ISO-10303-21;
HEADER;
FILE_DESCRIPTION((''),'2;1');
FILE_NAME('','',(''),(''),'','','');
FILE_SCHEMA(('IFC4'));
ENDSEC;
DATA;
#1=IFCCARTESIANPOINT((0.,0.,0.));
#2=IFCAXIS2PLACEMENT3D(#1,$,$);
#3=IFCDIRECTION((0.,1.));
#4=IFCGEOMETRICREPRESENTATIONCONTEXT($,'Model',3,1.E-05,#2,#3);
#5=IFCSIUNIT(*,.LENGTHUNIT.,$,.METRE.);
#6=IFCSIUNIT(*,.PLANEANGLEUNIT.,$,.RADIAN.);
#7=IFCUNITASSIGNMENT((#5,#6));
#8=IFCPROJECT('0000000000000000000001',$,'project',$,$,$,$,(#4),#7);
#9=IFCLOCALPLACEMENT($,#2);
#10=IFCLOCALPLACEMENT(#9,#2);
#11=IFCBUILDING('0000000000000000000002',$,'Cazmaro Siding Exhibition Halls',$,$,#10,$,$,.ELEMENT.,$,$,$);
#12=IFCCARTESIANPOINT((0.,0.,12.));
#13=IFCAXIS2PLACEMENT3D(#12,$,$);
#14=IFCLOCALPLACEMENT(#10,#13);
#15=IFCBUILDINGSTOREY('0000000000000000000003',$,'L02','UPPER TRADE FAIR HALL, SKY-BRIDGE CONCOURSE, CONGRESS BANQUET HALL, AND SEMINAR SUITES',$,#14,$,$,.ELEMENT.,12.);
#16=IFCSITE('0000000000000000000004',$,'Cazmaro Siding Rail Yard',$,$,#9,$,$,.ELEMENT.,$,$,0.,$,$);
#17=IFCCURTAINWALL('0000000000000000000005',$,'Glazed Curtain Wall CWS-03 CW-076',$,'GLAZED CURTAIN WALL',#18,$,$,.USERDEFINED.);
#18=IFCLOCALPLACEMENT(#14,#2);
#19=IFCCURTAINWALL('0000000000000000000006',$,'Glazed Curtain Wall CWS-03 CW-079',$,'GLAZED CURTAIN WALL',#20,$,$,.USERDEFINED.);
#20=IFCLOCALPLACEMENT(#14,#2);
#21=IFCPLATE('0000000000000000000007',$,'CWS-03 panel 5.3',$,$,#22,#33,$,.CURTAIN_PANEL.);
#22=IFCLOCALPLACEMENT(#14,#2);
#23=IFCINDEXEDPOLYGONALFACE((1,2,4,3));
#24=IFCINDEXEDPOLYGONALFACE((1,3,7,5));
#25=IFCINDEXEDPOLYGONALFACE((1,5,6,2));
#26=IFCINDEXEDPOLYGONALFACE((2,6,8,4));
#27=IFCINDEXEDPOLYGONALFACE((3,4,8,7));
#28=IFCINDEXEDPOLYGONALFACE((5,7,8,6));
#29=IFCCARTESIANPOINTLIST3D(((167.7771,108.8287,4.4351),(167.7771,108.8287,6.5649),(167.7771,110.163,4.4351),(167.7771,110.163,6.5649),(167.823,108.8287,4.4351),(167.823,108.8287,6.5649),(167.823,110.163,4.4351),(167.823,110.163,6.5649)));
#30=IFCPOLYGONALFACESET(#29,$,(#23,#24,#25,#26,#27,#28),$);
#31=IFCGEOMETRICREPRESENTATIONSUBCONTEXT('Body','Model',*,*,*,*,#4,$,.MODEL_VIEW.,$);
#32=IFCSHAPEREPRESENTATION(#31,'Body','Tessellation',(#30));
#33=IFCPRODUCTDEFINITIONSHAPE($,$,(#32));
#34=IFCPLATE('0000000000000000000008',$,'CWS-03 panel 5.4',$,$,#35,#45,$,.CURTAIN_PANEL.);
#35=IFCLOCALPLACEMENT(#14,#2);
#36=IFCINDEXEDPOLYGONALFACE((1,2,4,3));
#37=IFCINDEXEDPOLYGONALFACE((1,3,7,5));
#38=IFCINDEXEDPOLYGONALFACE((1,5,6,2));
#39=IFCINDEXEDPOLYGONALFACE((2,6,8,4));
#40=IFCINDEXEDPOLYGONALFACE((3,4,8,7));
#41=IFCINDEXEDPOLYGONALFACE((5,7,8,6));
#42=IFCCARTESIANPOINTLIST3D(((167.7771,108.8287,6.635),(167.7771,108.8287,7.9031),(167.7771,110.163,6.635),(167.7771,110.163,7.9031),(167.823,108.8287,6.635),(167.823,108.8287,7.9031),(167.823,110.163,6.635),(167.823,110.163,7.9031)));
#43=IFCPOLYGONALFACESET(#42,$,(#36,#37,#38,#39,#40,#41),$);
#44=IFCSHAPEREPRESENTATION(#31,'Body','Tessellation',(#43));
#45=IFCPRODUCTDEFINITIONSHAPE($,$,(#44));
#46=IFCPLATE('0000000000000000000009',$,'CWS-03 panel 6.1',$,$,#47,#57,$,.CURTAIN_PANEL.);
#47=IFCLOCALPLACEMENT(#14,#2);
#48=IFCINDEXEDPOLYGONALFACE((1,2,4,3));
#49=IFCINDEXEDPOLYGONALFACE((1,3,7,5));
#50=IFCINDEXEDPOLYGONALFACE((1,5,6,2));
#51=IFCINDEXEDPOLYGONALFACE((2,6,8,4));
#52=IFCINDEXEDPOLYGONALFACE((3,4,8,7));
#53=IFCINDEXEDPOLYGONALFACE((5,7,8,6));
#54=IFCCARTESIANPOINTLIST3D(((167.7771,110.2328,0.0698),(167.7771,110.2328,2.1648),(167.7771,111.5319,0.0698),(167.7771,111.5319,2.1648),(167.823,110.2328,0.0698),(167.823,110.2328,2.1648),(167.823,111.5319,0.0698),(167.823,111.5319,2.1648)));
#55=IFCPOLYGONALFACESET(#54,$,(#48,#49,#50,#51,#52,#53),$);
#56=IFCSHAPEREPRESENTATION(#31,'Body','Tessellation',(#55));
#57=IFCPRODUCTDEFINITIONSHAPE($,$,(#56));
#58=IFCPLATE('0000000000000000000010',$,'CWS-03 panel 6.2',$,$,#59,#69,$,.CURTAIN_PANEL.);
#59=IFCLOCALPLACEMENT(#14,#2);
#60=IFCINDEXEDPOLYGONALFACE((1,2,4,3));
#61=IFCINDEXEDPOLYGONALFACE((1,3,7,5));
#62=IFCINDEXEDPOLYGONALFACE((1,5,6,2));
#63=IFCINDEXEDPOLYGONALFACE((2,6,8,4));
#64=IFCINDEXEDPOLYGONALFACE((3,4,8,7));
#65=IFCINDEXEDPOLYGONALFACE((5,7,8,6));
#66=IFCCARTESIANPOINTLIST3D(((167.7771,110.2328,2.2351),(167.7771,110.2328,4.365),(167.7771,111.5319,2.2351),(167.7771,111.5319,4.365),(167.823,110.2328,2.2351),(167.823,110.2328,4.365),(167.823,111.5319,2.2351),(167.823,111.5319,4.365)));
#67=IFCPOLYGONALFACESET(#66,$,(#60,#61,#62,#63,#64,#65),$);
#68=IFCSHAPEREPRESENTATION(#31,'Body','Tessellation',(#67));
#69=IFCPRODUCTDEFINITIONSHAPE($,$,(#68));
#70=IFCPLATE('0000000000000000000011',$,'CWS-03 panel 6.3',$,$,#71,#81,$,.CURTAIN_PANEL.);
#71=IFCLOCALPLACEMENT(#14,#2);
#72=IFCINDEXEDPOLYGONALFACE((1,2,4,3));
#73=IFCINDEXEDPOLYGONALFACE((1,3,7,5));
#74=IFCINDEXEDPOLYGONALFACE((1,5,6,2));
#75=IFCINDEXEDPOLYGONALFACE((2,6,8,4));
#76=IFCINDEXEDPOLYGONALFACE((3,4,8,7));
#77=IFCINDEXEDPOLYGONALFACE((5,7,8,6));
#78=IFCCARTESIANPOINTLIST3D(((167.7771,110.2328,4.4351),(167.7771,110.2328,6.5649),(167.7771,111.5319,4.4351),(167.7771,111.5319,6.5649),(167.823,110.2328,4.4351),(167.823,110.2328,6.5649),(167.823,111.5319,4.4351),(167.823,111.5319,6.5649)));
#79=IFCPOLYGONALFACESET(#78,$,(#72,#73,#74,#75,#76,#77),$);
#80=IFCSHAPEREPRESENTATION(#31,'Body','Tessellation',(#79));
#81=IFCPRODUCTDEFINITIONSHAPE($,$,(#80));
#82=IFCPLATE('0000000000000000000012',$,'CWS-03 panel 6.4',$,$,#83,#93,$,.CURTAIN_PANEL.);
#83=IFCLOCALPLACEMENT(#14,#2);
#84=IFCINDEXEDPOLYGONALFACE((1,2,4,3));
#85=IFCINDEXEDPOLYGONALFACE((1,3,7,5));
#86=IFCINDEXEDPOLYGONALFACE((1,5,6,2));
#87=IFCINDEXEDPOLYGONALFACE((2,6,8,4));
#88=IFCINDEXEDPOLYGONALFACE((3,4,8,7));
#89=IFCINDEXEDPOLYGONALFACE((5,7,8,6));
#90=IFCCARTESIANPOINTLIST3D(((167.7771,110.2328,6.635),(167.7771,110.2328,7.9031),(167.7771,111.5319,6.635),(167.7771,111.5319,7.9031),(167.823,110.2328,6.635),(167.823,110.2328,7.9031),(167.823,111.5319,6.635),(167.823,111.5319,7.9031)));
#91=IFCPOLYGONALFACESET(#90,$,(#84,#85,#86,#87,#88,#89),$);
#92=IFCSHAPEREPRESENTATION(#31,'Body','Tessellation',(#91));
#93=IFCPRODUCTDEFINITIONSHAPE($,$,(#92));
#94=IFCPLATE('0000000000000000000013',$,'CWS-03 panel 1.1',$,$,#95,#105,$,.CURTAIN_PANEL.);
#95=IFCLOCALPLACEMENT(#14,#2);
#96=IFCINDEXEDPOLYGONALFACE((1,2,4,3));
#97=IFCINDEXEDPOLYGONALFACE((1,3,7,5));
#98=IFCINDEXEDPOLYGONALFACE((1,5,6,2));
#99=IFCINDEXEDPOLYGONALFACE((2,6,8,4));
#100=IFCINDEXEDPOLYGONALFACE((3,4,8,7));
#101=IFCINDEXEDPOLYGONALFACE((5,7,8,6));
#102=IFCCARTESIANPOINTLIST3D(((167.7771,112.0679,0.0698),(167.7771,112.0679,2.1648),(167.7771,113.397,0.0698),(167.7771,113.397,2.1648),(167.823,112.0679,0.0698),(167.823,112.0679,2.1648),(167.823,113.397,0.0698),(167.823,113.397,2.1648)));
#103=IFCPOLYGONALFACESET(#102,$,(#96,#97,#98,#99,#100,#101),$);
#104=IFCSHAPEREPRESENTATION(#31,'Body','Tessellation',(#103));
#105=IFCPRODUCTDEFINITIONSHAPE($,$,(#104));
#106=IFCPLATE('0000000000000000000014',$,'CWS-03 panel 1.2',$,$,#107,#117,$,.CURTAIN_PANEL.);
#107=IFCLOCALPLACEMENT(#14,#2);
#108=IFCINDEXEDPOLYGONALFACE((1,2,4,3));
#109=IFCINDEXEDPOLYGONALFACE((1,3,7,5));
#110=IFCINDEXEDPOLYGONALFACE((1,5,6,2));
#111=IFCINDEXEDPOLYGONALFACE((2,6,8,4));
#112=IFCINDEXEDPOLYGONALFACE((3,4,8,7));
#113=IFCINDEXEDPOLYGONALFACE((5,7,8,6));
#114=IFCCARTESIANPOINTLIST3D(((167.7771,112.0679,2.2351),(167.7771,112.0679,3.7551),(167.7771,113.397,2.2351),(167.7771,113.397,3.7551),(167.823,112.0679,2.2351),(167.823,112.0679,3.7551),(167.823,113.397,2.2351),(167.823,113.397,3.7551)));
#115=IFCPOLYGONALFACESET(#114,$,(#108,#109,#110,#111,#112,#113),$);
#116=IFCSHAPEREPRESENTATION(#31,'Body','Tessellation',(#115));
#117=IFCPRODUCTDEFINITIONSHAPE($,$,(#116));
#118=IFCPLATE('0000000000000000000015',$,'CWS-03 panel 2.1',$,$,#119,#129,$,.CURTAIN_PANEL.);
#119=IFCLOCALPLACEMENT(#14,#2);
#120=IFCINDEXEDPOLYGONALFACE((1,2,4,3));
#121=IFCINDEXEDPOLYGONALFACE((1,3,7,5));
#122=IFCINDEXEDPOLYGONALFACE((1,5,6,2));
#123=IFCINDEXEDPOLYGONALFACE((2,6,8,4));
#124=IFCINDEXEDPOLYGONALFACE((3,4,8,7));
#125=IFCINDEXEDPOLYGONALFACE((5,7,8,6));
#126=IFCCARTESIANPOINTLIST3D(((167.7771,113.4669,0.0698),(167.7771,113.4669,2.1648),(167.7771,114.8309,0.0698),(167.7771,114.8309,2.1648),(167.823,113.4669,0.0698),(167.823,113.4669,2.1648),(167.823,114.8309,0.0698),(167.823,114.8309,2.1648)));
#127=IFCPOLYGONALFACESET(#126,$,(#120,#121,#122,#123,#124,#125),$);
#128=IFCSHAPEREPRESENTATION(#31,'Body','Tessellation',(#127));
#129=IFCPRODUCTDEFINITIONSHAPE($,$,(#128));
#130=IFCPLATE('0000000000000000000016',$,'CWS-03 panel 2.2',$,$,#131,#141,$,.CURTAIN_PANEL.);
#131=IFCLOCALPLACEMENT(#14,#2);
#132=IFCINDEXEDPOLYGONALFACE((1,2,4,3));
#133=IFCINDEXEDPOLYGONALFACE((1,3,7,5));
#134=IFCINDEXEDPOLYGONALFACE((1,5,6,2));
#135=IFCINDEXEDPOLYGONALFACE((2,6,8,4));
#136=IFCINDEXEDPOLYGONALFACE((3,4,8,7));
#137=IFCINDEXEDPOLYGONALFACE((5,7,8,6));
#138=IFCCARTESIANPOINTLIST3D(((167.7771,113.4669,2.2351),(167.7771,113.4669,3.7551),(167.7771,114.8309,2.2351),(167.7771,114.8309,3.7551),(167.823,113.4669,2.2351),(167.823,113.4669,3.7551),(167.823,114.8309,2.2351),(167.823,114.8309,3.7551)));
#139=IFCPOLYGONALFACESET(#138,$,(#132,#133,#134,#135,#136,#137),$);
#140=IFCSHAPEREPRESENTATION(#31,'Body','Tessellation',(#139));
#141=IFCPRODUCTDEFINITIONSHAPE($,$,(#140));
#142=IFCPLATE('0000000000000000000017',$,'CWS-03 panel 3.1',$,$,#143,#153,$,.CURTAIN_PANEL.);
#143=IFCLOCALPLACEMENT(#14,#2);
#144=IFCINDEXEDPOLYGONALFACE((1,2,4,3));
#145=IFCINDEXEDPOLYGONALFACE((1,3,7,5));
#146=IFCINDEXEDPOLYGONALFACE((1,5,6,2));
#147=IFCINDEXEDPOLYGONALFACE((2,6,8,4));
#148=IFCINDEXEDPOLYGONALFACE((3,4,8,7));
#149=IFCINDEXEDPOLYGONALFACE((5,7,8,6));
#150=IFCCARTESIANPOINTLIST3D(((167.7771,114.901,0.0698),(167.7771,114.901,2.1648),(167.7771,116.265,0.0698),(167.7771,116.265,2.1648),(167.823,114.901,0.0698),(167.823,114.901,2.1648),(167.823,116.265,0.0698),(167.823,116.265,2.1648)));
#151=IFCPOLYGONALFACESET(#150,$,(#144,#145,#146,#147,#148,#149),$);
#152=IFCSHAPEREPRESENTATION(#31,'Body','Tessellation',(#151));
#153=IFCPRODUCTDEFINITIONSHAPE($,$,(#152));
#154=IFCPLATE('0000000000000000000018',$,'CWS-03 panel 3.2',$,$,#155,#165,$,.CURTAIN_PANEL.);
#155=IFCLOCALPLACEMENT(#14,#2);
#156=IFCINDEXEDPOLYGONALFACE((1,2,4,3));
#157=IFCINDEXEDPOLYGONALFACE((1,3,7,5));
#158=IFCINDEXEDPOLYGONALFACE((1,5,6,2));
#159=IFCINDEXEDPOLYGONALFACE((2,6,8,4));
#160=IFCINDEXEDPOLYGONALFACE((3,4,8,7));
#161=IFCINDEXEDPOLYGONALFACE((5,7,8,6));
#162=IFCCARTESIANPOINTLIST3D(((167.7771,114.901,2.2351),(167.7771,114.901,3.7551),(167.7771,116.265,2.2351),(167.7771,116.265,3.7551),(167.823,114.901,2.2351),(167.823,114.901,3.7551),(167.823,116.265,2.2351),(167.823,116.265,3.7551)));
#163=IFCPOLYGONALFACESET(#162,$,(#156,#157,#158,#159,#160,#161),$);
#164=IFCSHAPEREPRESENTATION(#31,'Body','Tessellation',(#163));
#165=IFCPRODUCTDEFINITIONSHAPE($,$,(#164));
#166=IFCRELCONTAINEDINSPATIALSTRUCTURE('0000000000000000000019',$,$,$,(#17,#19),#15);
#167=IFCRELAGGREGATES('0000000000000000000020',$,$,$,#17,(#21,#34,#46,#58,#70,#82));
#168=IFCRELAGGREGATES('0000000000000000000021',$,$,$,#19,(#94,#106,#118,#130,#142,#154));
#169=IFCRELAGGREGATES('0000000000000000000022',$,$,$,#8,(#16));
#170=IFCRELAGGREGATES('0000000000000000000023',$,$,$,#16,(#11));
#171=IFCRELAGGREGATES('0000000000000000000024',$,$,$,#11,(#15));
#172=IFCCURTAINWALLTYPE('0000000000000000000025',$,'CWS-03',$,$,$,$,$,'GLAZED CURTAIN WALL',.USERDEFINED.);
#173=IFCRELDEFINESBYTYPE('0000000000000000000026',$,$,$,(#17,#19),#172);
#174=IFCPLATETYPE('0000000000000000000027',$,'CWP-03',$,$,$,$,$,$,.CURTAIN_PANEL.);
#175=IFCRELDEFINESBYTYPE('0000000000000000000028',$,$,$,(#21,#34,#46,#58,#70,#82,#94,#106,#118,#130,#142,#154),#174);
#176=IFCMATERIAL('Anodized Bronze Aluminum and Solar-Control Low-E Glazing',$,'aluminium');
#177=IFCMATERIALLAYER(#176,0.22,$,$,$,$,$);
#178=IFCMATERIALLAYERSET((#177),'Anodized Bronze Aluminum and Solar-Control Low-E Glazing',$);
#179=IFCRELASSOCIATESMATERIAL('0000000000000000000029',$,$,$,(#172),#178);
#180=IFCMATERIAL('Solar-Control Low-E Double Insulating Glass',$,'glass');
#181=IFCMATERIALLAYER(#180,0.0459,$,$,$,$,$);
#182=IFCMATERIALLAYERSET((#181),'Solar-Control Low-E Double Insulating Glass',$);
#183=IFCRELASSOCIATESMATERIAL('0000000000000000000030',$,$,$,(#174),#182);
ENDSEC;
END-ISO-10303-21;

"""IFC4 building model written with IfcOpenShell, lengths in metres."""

from ifc_helpers import new_model, si_unit, direction, frame, origin, origin_2d, place, context, subcontext, project, spatial, rectangle, extrude, material, layer, layer_set, type_object, element, aggregate, save


model = new_model("IFC4")

# Units and contexts
model_context = context("Model", 3, precision=1e-05, world=origin(), true_north=direction((0.0, 1.0)))
body_context = subcontext(model_context, "Body", "Model", "MODEL_VIEW")
ifc_project = project(units=[si_unit("LENGTHUNIT", "METRE"), si_unit("PLANEANGLEUNIT", "RADIAN")], contexts=[model_context])

# Site, building, storey
site_placement = place(None, origin())
site = spatial("IfcSite", under=ifc_project, at=site_placement, Name="Cazmaro Siding Rail Yard", CompositionType="ELEMENT", RefElevation=0.0)
building_placement = place(site_placement, origin())
building = spatial("IfcBuilding", under=site, at=building_placement, Name="Cazmaro Siding Exhibition Halls", CompositionType="ELEMENT")
storey_placement = place(building_placement, frame((0.0, 0.0, 12.0)))
storey = spatial("IfcBuildingStorey", under=building, at=storey_placement, Name="L02", Description="UPPER TRADE FAIR HALL, SKY-BRIDGE CONCOURSE, CONGRESS BANQUET HALL, AND SEMINAR SUITES", CompositionType="ELEMENT", Elevation=12.0)

# Curtain walls
ifc_material_1 = material(Name="Anodized Bronze Aluminum and Solar-Control Low-E Glazing", Category="aluminium")
ifc_layer_1 = layer(ifc_material_1, 0.22)
ifc_layer_set_1 = layer_set([ifc_layer_1], Name="Anodized Bronze Aluminum and Solar-Control Low-E Glazing")
curtain_wall_type = type_object("IfcCurtainWallType", Name="CWS-03", ElementType="GLAZED CURTAIN WALL", PredefinedType="USERDEFINED", material=ifc_layer_set_1)
curtain_wall_1_placement = place(storey_placement, origin())
curtain_wall_1 = element("IfcCurtainWall", 1, at=curtain_wall_1_placement, inside=storey, type_object=curtain_wall_type, Name="Glazed Curtain Wall CWS-03 CW-076", ObjectType="GLAZED CURTAIN WALL", PredefinedType="USERDEFINED")
curtain_wall_2_placement = place(storey_placement, origin())
curtain_wall_2 = element("IfcCurtainWall", 2, at=curtain_wall_2_placement, inside=storey, type_object=curtain_wall_type, Name="Glazed Curtain Wall CWS-03 CW-079", ObjectType="GLAZED CURTAIN WALL", PredefinedType="USERDEFINED")

# Plates
ifc_material_2 = material(Name="Solar-Control Low-E Double Insulating Glass", Category="glass")
ifc_layer_2 = layer(ifc_material_2, 0.0459)
ifc_layer_set_2 = layer_set([ifc_layer_2], Name="Solar-Control Low-E Double Insulating Glass")
plate_type = type_object("IfcPlateType", Name="CWP-03", PredefinedType="CURTAIN_PANEL", material=ifc_layer_set_2)
plate_1_placement = place(storey_placement, frame((167.8, 109.4958, 4.4351), z_axis=(0.0, 0.0, 1.0), x_axis=(0.0, 1.0, 0.0)))
plate_1 = element("IfcPlate", 3, at=plate_1_placement, type_object=plate_type, Name="CWS-03 panel 5.3", PredefinedType="CURTAIN_PANEL", context=body_context, shape_type="SweptSolid", body=[
    extrude(rectangle(XDim=1.3342, YDim=0.0459, at=origin_2d()), origin(), (0.0, 0.0, 1.0), 2.1299),
])
plate_2_placement = place(storey_placement, frame((167.8, 109.4958, 6.635), z_axis=(0.0, 0.0, 1.0), x_axis=(0.0, 1.0, 0.0)))
plate_2 = element("IfcPlate", 4, at=plate_2_placement, type_object=plate_type, Name="CWS-03 panel 5.4", PredefinedType="CURTAIN_PANEL", context=body_context, shape_type="SweptSolid", body=[
    extrude(rectangle(XDim=1.3342, YDim=0.0459, at=origin_2d()), origin(), (0.0, 0.0, 1.0), 1.2681),
])
plate_3_placement = place(storey_placement, frame((167.8, 110.8823, 0.0698), z_axis=(0.0, 0.0, 1.0), x_axis=(0.0, 1.0, 0.0)))
plate_3 = element("IfcPlate", 5, at=plate_3_placement, type_object=plate_type, Name="CWS-03 panel 6.1", PredefinedType="CURTAIN_PANEL", context=body_context, shape_type="SweptSolid", body=[
    extrude(rectangle(XDim=1.2991, YDim=0.0459, at=origin_2d()), origin(), (0.0, 0.0, 1.0), 2.095),
])
plate_4_placement = place(storey_placement, frame((167.8, 110.8823, 2.2351), z_axis=(0.0, 0.0, 1.0), x_axis=(0.0, 1.0, 0.0)))
plate_4 = element("IfcPlate", 6, at=plate_4_placement, type_object=plate_type, Name="CWS-03 panel 6.2", PredefinedType="CURTAIN_PANEL", context=body_context, shape_type="SweptSolid", body=[
    extrude(rectangle(XDim=1.2991, YDim=0.0459, at=origin_2d()), origin(), (0.0, 0.0, 1.0), 2.1299),
])
plate_5_placement = place(storey_placement, frame((167.8, 110.8823, 4.4351), z_axis=(0.0, 0.0, 1.0), x_axis=(0.0, 1.0, 0.0)))
plate_5 = element("IfcPlate", 7, at=plate_5_placement, type_object=plate_type, Name="CWS-03 panel 6.3", PredefinedType="CURTAIN_PANEL", context=body_context, shape_type="SweptSolid", body=[
    extrude(rectangle(XDim=1.2991, YDim=0.0459, at=origin_2d()), origin(), (0.0, 0.0, 1.0), 2.1299),
])
plate_6_placement = place(storey_placement, frame((167.8, 110.8823, 6.635), z_axis=(0.0, 0.0, 1.0), x_axis=(0.0, 1.0, 0.0)))
plate_6 = element("IfcPlate", 8, at=plate_6_placement, type_object=plate_type, Name="CWS-03 panel 6.4", PredefinedType="CURTAIN_PANEL", context=body_context, shape_type="SweptSolid", body=[
    extrude(rectangle(XDim=1.2991, YDim=0.0459, at=origin_2d()), origin(), (0.0, 0.0, 1.0), 1.2681),
])
aggregate(curtain_wall_1, [plate_1, plate_2, plate_3, plate_4, plate_5, plate_6])
plate_7_placement = place(storey_placement, frame((167.8, 112.7324, 0.0698), z_axis=(0.0, 0.0, 1.0), x_axis=(0.0, 1.0, 0.0)))
plate_7 = element("IfcPlate", 9, at=plate_7_placement, type_object=plate_type, Name="CWS-03 panel 1.1", PredefinedType="CURTAIN_PANEL", context=body_context, shape_type="SweptSolid", body=[
    extrude(rectangle(XDim=1.3291, YDim=0.0459, at=origin_2d()), origin(), (0.0, 0.0, 1.0), 2.095),
])
plate_8_placement = place(storey_placement, frame((167.8, 112.7324, 2.2351), z_axis=(0.0, 0.0, 1.0), x_axis=(0.0, 1.0, 0.0)))
plate_8 = element("IfcPlate", 10, at=plate_8_placement, type_object=plate_type, Name="CWS-03 panel 1.2", PredefinedType="CURTAIN_PANEL", context=body_context, shape_type="SweptSolid", body=[
    extrude(rectangle(XDim=1.3291, YDim=0.0459, at=origin_2d()), origin(), (0.0, 0.0, 1.0), 1.52),
])
plate_9_placement = place(storey_placement, frame((167.8, 114.1489, 0.0698), z_axis=(0.0, 0.0, 1.0), x_axis=(0.0, 1.0, 0.0)))
plate_9 = element("IfcPlate", 11, at=plate_9_placement, type_object=plate_type, Name="CWS-03 panel 2.1", PredefinedType="CURTAIN_PANEL", context=body_context, shape_type="SweptSolid", body=[
    extrude(rectangle(XDim=1.364, YDim=0.0459, at=origin_2d()), origin(), (0.0, 0.0, 1.0), 2.095),
])
plate_10_placement = place(storey_placement, frame((167.8, 114.1489, 2.2351), z_axis=(0.0, 0.0, 1.0), x_axis=(0.0, 1.0, 0.0)))
plate_10 = element("IfcPlate", 12, at=plate_10_placement, type_object=plate_type, Name="CWS-03 panel 2.2", PredefinedType="CURTAIN_PANEL", context=body_context, shape_type="SweptSolid", body=[
    extrude(rectangle(XDim=1.364, YDim=0.0459, at=origin_2d()), origin(), (0.0, 0.0, 1.0), 1.52),
])
plate_11_placement = place(storey_placement, frame((167.8, 115.583, 0.0698), z_axis=(0.0, 0.0, 1.0), x_axis=(0.0, 1.0, 0.0)))
plate_11 = element("IfcPlate", 13, at=plate_11_placement, type_object=plate_type, Name="CWS-03 panel 3.1", PredefinedType="CURTAIN_PANEL", context=body_context, shape_type="SweptSolid", body=[
    extrude(rectangle(XDim=1.364, YDim=0.0459, at=origin_2d()), origin(), (0.0, 0.0, 1.0), 2.095),
])
plate_12_placement = place(storey_placement, frame((167.8, 115.583, 2.2351), z_axis=(0.0, 0.0, 1.0), x_axis=(0.0, 1.0, 0.0)))
plate_12 = element("IfcPlate", 14, at=plate_12_placement, type_object=plate_type, Name="CWS-03 panel 3.2", PredefinedType="CURTAIN_PANEL", context=body_context, shape_type="SweptSolid", body=[
    extrude(rectangle(XDim=1.364, YDim=0.0459, at=origin_2d()), origin(), (0.0, 0.0, 1.0), 1.52),
])
aggregate(curtain_wall_2, [plate_7, plate_8, plate_9, plate_10, plate_11, plate_12])

save(model, "model.ifc")
